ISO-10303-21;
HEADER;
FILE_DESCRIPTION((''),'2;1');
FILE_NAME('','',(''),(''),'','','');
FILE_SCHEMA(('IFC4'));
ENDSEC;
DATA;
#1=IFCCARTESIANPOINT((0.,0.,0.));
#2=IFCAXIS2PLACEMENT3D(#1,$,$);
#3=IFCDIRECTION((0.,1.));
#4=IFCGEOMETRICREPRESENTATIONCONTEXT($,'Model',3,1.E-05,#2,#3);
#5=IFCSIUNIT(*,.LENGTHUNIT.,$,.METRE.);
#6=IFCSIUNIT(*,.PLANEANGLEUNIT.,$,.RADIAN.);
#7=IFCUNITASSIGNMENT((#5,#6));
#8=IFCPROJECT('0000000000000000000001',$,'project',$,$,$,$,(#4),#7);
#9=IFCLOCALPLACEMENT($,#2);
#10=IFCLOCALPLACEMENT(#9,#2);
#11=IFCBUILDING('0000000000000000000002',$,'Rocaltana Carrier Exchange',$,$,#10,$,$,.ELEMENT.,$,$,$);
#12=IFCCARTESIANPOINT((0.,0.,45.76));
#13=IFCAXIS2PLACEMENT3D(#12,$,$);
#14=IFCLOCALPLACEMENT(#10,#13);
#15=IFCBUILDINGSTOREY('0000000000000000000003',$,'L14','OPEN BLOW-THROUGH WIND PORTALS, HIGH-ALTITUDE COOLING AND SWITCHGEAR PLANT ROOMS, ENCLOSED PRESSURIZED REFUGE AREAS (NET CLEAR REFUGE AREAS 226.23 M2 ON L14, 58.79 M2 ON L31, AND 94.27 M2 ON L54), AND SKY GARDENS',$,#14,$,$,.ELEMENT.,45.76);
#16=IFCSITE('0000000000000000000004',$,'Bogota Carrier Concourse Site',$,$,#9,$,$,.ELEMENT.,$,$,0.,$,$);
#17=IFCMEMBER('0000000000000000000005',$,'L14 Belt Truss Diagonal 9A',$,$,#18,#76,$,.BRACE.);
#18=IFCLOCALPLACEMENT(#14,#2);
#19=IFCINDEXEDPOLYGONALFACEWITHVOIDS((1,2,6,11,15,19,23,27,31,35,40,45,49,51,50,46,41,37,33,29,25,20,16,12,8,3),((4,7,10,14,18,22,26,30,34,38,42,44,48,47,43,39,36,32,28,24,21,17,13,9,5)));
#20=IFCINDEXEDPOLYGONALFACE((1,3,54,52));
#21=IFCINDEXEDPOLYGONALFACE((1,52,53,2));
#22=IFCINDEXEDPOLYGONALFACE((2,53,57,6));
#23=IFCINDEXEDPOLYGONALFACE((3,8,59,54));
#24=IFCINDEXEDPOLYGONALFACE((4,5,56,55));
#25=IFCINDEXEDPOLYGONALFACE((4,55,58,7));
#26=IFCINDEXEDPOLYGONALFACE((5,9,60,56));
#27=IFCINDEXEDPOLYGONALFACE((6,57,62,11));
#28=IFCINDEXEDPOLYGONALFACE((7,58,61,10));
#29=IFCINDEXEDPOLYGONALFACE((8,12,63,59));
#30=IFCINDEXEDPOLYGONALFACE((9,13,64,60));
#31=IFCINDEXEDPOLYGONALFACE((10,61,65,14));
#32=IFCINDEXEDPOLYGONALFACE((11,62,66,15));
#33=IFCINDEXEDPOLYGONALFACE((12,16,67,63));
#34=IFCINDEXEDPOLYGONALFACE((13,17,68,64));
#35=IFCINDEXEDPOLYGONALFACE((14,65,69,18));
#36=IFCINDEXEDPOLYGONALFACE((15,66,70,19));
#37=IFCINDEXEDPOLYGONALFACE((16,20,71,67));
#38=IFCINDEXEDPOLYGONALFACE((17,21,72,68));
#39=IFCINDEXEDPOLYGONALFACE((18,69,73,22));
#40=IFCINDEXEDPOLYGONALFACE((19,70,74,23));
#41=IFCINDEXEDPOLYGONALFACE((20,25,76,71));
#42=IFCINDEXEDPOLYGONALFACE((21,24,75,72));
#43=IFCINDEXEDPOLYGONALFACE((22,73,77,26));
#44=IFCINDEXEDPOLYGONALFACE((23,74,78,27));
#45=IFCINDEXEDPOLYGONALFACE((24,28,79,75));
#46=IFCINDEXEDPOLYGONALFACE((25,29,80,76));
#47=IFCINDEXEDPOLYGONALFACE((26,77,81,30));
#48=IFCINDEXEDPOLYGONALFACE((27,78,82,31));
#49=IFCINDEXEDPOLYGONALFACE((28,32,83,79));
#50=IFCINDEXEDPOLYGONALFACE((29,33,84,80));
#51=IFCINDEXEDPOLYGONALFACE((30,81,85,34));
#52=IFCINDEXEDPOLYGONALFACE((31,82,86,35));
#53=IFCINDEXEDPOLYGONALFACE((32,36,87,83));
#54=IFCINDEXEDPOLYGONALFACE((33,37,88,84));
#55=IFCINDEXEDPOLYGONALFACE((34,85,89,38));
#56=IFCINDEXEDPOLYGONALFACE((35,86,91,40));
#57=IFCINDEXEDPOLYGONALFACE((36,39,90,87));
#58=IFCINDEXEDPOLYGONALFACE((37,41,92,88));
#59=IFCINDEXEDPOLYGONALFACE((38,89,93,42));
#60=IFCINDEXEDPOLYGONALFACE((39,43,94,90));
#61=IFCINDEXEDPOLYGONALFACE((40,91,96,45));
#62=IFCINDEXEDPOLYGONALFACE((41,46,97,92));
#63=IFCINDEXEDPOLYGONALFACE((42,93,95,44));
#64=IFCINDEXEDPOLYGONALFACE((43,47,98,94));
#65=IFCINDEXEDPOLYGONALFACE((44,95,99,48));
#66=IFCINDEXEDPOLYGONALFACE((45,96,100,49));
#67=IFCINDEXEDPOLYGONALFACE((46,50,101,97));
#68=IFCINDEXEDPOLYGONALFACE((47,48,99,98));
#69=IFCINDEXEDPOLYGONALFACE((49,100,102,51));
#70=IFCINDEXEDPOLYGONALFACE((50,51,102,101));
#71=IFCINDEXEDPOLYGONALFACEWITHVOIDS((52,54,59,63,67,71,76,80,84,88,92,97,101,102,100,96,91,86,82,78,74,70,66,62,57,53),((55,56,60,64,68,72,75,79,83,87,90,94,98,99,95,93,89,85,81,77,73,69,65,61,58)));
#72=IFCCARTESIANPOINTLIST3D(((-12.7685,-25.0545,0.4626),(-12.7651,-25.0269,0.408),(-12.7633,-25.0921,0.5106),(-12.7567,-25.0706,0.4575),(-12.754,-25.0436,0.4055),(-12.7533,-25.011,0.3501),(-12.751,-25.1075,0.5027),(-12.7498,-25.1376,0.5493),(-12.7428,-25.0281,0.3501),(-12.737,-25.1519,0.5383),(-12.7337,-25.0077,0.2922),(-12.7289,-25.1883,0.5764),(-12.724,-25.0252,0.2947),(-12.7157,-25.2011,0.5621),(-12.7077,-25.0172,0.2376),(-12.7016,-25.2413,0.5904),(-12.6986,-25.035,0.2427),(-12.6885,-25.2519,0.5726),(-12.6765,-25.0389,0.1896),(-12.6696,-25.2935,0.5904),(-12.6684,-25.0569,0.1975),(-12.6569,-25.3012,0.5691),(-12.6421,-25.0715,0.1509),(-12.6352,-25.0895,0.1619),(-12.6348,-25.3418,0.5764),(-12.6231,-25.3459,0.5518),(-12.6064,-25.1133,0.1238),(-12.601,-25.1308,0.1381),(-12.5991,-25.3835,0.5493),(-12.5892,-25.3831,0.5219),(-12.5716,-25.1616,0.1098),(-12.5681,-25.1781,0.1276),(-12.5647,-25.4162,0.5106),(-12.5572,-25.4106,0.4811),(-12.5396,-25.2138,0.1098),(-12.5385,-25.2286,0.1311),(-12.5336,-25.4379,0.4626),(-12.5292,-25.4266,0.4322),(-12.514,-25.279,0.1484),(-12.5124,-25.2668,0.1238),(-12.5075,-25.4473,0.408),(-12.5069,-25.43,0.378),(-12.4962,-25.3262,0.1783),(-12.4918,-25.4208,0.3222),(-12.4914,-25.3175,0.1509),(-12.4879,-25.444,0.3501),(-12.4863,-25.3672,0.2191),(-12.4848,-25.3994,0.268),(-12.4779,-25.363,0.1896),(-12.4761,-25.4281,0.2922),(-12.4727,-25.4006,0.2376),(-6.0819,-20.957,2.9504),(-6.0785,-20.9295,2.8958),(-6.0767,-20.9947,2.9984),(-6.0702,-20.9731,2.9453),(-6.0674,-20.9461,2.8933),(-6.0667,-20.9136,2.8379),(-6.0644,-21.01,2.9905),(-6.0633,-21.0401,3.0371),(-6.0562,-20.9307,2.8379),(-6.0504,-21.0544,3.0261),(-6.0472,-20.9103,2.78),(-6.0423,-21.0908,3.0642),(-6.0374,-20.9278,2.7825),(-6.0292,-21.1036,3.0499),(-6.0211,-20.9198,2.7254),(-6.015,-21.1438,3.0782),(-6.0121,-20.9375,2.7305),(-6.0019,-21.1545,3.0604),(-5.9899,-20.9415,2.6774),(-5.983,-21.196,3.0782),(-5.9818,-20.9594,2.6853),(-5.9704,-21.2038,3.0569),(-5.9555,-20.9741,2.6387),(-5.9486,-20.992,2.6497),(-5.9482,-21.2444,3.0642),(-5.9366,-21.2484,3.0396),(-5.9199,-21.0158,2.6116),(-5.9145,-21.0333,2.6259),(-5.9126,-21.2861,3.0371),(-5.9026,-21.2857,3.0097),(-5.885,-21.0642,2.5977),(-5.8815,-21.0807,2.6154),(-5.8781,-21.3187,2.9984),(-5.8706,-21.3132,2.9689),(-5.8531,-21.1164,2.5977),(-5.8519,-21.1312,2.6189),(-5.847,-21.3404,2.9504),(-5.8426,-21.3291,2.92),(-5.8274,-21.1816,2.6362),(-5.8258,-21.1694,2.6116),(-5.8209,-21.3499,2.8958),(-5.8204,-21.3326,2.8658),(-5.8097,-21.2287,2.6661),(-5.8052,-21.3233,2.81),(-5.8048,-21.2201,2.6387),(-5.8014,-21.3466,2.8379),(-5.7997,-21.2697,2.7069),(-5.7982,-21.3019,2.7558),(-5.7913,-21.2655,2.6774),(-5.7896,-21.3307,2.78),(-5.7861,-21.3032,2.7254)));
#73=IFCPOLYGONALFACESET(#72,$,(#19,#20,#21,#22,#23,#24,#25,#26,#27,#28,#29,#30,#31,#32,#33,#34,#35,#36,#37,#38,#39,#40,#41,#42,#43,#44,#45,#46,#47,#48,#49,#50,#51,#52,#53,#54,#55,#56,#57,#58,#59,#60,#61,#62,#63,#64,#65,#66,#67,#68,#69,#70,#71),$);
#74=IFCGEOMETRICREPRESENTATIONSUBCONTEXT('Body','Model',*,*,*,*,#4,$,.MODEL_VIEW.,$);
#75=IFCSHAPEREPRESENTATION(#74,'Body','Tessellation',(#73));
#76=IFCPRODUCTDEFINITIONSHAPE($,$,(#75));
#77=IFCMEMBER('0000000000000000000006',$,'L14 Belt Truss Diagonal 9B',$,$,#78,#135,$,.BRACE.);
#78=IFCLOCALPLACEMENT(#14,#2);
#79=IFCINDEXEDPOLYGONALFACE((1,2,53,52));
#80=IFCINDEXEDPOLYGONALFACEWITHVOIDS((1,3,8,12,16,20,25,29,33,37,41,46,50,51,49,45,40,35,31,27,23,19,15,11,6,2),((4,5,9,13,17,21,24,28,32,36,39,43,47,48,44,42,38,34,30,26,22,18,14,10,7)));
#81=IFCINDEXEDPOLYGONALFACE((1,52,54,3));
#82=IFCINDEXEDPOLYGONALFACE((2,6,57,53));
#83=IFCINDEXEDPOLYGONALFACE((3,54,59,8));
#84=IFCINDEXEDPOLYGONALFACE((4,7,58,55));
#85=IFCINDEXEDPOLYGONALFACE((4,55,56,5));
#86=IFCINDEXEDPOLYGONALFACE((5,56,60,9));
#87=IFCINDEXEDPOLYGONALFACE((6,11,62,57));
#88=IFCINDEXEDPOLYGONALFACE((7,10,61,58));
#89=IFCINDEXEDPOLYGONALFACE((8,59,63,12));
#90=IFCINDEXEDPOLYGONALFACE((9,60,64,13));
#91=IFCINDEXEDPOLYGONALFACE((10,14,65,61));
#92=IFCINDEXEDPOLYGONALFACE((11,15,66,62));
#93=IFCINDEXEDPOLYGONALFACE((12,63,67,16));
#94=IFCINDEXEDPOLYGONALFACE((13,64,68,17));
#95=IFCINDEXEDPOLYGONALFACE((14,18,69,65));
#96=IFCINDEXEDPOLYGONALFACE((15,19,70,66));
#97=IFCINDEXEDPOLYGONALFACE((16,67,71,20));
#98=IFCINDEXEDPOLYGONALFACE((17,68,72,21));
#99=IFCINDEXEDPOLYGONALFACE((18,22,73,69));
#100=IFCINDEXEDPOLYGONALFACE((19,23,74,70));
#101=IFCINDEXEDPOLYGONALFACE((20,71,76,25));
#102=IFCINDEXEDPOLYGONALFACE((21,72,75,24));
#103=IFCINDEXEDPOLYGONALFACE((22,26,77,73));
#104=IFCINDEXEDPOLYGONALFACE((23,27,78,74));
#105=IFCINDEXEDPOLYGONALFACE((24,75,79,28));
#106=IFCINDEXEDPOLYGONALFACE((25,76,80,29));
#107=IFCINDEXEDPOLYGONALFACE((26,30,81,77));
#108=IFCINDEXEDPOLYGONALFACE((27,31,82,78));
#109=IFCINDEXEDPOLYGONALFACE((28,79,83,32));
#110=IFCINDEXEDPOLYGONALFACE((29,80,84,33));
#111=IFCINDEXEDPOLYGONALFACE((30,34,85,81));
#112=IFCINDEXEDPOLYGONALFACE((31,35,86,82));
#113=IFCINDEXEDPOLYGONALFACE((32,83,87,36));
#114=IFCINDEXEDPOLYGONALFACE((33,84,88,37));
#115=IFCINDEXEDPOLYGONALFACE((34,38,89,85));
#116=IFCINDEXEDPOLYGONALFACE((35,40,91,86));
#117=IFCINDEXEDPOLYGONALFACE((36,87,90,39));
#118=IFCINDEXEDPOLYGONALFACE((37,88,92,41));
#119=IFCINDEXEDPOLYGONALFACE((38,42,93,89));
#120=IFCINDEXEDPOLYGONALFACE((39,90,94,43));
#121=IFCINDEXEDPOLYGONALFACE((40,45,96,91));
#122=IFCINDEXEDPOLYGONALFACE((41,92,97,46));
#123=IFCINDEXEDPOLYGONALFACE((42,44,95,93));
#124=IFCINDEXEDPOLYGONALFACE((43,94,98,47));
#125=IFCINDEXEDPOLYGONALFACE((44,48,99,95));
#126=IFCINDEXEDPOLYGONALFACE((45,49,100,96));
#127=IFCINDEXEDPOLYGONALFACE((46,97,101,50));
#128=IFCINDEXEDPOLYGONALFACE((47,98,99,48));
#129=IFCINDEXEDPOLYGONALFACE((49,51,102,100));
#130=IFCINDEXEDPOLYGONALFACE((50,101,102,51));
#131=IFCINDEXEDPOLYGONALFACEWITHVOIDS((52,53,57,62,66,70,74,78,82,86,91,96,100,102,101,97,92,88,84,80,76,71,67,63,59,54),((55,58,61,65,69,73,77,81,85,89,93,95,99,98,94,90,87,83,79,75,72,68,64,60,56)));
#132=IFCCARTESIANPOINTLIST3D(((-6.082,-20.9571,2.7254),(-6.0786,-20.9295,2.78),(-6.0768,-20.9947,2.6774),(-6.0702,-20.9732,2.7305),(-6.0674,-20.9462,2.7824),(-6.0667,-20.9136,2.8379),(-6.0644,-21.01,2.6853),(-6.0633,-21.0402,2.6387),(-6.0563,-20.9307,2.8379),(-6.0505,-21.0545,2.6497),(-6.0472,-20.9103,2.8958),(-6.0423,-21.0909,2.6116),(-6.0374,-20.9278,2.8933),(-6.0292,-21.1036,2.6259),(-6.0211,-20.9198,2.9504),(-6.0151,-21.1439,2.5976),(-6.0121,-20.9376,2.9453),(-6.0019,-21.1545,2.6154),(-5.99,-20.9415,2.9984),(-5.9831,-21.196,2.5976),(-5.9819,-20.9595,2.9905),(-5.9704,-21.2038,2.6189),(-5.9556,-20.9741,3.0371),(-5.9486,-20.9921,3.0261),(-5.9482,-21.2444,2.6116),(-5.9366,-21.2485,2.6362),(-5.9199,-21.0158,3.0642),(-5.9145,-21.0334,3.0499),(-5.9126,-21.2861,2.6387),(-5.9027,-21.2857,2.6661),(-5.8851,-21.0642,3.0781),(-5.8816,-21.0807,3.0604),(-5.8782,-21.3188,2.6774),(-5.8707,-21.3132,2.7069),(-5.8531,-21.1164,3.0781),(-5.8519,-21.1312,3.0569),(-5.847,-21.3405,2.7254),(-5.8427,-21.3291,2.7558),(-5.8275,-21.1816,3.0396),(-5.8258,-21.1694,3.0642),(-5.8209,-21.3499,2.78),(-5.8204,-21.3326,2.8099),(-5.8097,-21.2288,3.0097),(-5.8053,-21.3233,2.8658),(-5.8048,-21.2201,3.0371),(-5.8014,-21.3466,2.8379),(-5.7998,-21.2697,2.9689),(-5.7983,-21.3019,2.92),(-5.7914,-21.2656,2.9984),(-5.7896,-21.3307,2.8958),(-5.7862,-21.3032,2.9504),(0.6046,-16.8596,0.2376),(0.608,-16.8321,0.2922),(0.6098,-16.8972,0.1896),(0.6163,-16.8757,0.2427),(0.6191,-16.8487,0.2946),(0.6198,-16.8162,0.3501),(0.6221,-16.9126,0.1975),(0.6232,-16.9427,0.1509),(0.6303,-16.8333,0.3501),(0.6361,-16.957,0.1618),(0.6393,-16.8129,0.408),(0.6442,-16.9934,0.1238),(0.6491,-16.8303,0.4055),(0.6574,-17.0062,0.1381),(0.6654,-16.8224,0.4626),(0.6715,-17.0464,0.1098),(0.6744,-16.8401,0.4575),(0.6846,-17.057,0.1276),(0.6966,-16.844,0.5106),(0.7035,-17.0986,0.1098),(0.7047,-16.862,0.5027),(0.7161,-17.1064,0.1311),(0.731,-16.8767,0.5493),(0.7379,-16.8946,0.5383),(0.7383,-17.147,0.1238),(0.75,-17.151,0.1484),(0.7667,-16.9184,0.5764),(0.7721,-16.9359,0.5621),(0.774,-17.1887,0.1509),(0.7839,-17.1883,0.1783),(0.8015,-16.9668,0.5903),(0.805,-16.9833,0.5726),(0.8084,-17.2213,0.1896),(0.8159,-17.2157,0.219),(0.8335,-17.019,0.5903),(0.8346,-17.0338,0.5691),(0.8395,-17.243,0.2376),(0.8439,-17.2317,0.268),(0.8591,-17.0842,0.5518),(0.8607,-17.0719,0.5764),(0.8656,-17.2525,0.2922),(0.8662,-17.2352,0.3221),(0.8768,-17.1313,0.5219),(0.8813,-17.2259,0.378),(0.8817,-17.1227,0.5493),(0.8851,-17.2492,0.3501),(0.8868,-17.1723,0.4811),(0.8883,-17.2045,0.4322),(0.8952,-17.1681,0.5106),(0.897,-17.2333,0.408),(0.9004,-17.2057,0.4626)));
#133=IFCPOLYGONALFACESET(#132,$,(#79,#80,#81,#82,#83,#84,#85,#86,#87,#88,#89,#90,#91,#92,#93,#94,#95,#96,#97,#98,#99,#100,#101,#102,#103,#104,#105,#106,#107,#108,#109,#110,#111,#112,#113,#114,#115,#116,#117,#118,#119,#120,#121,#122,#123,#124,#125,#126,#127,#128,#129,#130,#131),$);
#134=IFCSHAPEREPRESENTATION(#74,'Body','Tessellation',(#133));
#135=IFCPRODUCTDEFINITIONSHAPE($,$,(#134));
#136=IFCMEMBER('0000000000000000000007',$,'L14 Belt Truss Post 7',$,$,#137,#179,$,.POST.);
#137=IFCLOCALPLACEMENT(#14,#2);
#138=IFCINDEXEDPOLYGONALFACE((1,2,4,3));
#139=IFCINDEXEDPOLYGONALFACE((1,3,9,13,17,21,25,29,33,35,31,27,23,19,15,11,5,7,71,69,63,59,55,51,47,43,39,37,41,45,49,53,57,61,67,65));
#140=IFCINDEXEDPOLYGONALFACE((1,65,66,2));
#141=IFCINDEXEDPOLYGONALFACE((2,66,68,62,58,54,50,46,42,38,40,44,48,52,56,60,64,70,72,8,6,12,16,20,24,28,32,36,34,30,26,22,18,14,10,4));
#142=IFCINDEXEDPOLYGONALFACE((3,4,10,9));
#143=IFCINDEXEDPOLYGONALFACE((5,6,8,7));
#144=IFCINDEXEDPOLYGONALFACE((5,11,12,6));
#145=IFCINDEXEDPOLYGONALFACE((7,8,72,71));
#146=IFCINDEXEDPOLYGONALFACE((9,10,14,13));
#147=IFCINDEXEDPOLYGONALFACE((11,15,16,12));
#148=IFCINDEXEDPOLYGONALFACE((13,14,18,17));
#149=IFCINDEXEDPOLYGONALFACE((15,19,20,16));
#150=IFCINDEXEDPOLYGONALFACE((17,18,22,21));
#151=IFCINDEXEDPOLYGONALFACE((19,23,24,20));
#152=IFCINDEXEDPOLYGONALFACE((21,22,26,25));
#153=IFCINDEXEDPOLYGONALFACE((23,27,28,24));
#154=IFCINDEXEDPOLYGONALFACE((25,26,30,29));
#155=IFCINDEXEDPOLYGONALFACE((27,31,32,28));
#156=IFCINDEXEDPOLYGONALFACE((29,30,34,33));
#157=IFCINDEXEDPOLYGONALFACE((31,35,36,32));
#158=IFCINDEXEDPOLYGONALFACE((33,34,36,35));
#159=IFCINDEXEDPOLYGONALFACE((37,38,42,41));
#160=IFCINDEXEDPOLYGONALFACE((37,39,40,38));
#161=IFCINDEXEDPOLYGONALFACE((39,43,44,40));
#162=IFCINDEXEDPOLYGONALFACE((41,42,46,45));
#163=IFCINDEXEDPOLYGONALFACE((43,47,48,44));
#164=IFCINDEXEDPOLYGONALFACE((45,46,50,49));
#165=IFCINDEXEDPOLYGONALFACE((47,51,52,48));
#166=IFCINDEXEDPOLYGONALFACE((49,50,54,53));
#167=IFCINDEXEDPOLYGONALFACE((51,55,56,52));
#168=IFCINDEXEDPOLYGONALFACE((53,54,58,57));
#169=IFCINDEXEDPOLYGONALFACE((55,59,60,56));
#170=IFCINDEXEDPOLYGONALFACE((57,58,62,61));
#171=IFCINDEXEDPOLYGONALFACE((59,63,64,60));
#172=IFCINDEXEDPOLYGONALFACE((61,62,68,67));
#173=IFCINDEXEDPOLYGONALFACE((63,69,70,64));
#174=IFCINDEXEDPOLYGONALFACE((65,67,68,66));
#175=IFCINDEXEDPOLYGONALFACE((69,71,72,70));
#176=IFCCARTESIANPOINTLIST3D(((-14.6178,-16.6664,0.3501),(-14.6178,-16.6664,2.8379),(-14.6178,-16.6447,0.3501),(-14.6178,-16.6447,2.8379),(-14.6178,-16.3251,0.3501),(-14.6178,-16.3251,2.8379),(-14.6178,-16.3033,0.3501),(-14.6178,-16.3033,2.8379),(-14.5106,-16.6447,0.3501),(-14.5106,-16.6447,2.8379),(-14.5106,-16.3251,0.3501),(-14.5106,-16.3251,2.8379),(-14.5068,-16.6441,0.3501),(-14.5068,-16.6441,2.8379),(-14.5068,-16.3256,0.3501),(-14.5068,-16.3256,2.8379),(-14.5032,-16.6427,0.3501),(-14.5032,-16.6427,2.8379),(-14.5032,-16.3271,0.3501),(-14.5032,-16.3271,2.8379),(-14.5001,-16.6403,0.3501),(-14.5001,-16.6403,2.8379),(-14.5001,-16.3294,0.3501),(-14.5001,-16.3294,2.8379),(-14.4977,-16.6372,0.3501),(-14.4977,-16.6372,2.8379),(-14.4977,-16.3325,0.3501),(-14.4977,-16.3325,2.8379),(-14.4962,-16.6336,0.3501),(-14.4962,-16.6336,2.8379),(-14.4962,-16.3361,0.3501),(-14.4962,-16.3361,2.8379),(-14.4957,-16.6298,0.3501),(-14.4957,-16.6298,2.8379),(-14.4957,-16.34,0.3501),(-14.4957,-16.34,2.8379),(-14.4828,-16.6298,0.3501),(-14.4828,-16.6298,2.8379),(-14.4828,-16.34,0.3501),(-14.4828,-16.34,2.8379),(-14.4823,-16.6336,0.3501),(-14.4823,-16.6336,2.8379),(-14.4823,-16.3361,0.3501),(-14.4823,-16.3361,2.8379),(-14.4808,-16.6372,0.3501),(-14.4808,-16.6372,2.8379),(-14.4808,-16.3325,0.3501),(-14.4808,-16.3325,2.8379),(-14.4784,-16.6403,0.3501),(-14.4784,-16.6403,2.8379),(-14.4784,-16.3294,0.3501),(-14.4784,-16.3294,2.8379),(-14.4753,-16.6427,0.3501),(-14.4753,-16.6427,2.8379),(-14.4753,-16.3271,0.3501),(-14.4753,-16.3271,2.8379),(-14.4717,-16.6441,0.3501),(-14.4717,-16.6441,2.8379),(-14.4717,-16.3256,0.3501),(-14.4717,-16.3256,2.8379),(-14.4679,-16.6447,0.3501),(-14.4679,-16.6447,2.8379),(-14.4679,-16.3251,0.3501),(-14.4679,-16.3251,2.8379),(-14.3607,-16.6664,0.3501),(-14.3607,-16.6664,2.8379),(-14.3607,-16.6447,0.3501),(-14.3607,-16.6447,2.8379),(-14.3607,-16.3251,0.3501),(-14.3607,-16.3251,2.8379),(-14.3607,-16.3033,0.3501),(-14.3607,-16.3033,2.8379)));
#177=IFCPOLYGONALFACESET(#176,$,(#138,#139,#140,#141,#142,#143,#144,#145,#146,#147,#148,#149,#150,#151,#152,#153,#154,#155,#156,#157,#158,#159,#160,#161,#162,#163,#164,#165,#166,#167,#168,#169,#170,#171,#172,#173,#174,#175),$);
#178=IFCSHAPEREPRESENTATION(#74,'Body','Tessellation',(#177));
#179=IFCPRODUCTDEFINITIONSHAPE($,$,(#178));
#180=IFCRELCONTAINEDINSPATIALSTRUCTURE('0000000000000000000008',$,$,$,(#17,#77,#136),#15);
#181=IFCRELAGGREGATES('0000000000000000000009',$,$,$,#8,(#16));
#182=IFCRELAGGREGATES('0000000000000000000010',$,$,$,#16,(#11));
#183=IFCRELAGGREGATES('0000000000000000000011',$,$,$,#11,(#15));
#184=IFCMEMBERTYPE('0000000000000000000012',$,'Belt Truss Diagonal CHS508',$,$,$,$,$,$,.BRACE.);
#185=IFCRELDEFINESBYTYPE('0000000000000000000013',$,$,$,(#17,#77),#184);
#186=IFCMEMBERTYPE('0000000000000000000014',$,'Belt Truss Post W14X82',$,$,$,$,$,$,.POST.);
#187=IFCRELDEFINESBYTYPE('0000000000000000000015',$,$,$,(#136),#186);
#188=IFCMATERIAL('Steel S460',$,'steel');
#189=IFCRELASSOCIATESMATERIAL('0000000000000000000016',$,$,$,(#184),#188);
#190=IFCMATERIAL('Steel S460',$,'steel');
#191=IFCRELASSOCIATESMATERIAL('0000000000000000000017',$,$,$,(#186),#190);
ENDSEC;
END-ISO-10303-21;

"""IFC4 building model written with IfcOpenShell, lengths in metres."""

from ifc_helpers import new_model, si_unit, direction, frame, origin, origin_2d, place, context, subcontext, project, spatial, hollow_circle, i_section, extrude, material, material_profile, profile_set, type_object, element, save


model = new_model("IFC4")

# Units and contexts
model_context = context("Model", 3, precision=1e-05, world=origin(), true_north=direction((0.0, 1.0)))
body_context = subcontext(model_context, "Body", "Model", "MODEL_VIEW")
ifc_project = project(units=[si_unit("LENGTHUNIT", "METRE"), si_unit("PLANEANGLEUNIT", "RADIAN")], contexts=[model_context])

# Site, building, storey
site_placement = place(None, origin())
site = spatial("IfcSite", under=ifc_project, at=site_placement, Name="Bogota Carrier Concourse Site", CompositionType="ELEMENT", RefElevation=0.0)
building_placement = place(site_placement, origin())
building = spatial("IfcBuilding", under=site, at=building_placement, Name="Rocaltana Carrier Exchange", CompositionType="ELEMENT")
storey_placement = place(building_placement, frame((0.0, 0.0, 45.76)))
storey = spatial("IfcBuildingStorey", under=building, at=storey_placement, Name="L14", Description="OPEN BLOW-THROUGH WIND PORTALS, HIGH-ALTITUDE COOLING AND SWITCHGEAR PLANT ROOMS, ENCLOSED PRESSURIZED REFUGE AREAS (NET CLEAR REFUGE AREAS 226.23 M2 ON L14, 58.79 M2 ON L31, AND 94.27 M2 ON L54), AND SKY GARDENS", CompositionType="ELEMENT", Elevation=45.76)

# Members
ifc_material_1 = material(Name="Steel S460", Category="steel")
ifc_material_profile_1 = material_profile(ifc_material_1, hollow_circle(Radius=0.2539, WallThickness=0.02, at=origin_2d()), Name="CHS508X20")
ifc_profile_set_1 = profile_set([ifc_material_profile_1], Name="Steel S460")
member_type_1 = type_object("IfcMemberType", Name="Belt Truss Diagonal CHS508", PredefinedType="BRACE", material=ifc_profile_set_1)
for number, where, z_axis, x_axis, name in (
    (1, (-12.6206, -25.2275, 0.3501), (0.81273, 0.49803, 0.302385), (-0.52249, 0.852646, 0.0), "L14 Belt Truss Diagonal 9A"),
    (2, (-5.9341, -21.1301, 2.8379), (0.81273, 0.49803, -0.302385), (-0.52249, 0.852646, 0.0), "L14 Belt Truss Diagonal 9B"),
):
    element("IfcMember", number, at=place(storey_placement, frame(where, z_axis=z_axis, x_axis=x_axis)), inside=storey, type_object=member_type_1, Name=name, PredefinedType="BRACE", context=body_context, shape_type="SweptSolid", body=[
        extrude(hollow_circle(Radius=0.2539, WallThickness=0.02, at=origin_2d()), origin(), (0.0, 0.0, 1.0), 8.2273),
    ])
ifc_material_2 = material(Name="Steel S460", Category="steel")
ifc_material_profile_2 = material_profile(ifc_material_2, i_section(OverallWidth=0.2571, OverallDepth=0.363, WebThickness=0.0129, FlangeThickness=0.0217, FilletRadius=0.0149, at=origin_2d()), Name="W14X82")
ifc_profile_set_2 = profile_set([ifc_material_profile_2], Name="Steel S460")
member_type_2 = type_object("IfcMemberType", Name="Belt Truss Post W14X82", PredefinedType="POST", material=ifc_profile_set_2)
for number, where, z_axis, x_axis, name in (
    (3, (-14.4893, -16.4849, 0.3501), (0.0, 0.0, 1.0), (1.0, 0.0, 0.0), "L14 Belt Truss Post 7"),
):
    element("IfcMember", number, at=place(storey_placement, frame(where, z_axis=z_axis, x_axis=x_axis)), inside=storey, type_object=member_type_2, Name=name, PredefinedType="POST", context=body_context, shape_type="SweptSolid", body=[
        extrude(i_section(OverallWidth=0.2571, OverallDepth=0.363, WebThickness=0.0129, FlangeThickness=0.0217, FilletRadius=0.0149, at=origin_2d()), origin(), (0.0, 0.0, 1.0), 2.4878),
    ])

save(model, "model.ifc")
